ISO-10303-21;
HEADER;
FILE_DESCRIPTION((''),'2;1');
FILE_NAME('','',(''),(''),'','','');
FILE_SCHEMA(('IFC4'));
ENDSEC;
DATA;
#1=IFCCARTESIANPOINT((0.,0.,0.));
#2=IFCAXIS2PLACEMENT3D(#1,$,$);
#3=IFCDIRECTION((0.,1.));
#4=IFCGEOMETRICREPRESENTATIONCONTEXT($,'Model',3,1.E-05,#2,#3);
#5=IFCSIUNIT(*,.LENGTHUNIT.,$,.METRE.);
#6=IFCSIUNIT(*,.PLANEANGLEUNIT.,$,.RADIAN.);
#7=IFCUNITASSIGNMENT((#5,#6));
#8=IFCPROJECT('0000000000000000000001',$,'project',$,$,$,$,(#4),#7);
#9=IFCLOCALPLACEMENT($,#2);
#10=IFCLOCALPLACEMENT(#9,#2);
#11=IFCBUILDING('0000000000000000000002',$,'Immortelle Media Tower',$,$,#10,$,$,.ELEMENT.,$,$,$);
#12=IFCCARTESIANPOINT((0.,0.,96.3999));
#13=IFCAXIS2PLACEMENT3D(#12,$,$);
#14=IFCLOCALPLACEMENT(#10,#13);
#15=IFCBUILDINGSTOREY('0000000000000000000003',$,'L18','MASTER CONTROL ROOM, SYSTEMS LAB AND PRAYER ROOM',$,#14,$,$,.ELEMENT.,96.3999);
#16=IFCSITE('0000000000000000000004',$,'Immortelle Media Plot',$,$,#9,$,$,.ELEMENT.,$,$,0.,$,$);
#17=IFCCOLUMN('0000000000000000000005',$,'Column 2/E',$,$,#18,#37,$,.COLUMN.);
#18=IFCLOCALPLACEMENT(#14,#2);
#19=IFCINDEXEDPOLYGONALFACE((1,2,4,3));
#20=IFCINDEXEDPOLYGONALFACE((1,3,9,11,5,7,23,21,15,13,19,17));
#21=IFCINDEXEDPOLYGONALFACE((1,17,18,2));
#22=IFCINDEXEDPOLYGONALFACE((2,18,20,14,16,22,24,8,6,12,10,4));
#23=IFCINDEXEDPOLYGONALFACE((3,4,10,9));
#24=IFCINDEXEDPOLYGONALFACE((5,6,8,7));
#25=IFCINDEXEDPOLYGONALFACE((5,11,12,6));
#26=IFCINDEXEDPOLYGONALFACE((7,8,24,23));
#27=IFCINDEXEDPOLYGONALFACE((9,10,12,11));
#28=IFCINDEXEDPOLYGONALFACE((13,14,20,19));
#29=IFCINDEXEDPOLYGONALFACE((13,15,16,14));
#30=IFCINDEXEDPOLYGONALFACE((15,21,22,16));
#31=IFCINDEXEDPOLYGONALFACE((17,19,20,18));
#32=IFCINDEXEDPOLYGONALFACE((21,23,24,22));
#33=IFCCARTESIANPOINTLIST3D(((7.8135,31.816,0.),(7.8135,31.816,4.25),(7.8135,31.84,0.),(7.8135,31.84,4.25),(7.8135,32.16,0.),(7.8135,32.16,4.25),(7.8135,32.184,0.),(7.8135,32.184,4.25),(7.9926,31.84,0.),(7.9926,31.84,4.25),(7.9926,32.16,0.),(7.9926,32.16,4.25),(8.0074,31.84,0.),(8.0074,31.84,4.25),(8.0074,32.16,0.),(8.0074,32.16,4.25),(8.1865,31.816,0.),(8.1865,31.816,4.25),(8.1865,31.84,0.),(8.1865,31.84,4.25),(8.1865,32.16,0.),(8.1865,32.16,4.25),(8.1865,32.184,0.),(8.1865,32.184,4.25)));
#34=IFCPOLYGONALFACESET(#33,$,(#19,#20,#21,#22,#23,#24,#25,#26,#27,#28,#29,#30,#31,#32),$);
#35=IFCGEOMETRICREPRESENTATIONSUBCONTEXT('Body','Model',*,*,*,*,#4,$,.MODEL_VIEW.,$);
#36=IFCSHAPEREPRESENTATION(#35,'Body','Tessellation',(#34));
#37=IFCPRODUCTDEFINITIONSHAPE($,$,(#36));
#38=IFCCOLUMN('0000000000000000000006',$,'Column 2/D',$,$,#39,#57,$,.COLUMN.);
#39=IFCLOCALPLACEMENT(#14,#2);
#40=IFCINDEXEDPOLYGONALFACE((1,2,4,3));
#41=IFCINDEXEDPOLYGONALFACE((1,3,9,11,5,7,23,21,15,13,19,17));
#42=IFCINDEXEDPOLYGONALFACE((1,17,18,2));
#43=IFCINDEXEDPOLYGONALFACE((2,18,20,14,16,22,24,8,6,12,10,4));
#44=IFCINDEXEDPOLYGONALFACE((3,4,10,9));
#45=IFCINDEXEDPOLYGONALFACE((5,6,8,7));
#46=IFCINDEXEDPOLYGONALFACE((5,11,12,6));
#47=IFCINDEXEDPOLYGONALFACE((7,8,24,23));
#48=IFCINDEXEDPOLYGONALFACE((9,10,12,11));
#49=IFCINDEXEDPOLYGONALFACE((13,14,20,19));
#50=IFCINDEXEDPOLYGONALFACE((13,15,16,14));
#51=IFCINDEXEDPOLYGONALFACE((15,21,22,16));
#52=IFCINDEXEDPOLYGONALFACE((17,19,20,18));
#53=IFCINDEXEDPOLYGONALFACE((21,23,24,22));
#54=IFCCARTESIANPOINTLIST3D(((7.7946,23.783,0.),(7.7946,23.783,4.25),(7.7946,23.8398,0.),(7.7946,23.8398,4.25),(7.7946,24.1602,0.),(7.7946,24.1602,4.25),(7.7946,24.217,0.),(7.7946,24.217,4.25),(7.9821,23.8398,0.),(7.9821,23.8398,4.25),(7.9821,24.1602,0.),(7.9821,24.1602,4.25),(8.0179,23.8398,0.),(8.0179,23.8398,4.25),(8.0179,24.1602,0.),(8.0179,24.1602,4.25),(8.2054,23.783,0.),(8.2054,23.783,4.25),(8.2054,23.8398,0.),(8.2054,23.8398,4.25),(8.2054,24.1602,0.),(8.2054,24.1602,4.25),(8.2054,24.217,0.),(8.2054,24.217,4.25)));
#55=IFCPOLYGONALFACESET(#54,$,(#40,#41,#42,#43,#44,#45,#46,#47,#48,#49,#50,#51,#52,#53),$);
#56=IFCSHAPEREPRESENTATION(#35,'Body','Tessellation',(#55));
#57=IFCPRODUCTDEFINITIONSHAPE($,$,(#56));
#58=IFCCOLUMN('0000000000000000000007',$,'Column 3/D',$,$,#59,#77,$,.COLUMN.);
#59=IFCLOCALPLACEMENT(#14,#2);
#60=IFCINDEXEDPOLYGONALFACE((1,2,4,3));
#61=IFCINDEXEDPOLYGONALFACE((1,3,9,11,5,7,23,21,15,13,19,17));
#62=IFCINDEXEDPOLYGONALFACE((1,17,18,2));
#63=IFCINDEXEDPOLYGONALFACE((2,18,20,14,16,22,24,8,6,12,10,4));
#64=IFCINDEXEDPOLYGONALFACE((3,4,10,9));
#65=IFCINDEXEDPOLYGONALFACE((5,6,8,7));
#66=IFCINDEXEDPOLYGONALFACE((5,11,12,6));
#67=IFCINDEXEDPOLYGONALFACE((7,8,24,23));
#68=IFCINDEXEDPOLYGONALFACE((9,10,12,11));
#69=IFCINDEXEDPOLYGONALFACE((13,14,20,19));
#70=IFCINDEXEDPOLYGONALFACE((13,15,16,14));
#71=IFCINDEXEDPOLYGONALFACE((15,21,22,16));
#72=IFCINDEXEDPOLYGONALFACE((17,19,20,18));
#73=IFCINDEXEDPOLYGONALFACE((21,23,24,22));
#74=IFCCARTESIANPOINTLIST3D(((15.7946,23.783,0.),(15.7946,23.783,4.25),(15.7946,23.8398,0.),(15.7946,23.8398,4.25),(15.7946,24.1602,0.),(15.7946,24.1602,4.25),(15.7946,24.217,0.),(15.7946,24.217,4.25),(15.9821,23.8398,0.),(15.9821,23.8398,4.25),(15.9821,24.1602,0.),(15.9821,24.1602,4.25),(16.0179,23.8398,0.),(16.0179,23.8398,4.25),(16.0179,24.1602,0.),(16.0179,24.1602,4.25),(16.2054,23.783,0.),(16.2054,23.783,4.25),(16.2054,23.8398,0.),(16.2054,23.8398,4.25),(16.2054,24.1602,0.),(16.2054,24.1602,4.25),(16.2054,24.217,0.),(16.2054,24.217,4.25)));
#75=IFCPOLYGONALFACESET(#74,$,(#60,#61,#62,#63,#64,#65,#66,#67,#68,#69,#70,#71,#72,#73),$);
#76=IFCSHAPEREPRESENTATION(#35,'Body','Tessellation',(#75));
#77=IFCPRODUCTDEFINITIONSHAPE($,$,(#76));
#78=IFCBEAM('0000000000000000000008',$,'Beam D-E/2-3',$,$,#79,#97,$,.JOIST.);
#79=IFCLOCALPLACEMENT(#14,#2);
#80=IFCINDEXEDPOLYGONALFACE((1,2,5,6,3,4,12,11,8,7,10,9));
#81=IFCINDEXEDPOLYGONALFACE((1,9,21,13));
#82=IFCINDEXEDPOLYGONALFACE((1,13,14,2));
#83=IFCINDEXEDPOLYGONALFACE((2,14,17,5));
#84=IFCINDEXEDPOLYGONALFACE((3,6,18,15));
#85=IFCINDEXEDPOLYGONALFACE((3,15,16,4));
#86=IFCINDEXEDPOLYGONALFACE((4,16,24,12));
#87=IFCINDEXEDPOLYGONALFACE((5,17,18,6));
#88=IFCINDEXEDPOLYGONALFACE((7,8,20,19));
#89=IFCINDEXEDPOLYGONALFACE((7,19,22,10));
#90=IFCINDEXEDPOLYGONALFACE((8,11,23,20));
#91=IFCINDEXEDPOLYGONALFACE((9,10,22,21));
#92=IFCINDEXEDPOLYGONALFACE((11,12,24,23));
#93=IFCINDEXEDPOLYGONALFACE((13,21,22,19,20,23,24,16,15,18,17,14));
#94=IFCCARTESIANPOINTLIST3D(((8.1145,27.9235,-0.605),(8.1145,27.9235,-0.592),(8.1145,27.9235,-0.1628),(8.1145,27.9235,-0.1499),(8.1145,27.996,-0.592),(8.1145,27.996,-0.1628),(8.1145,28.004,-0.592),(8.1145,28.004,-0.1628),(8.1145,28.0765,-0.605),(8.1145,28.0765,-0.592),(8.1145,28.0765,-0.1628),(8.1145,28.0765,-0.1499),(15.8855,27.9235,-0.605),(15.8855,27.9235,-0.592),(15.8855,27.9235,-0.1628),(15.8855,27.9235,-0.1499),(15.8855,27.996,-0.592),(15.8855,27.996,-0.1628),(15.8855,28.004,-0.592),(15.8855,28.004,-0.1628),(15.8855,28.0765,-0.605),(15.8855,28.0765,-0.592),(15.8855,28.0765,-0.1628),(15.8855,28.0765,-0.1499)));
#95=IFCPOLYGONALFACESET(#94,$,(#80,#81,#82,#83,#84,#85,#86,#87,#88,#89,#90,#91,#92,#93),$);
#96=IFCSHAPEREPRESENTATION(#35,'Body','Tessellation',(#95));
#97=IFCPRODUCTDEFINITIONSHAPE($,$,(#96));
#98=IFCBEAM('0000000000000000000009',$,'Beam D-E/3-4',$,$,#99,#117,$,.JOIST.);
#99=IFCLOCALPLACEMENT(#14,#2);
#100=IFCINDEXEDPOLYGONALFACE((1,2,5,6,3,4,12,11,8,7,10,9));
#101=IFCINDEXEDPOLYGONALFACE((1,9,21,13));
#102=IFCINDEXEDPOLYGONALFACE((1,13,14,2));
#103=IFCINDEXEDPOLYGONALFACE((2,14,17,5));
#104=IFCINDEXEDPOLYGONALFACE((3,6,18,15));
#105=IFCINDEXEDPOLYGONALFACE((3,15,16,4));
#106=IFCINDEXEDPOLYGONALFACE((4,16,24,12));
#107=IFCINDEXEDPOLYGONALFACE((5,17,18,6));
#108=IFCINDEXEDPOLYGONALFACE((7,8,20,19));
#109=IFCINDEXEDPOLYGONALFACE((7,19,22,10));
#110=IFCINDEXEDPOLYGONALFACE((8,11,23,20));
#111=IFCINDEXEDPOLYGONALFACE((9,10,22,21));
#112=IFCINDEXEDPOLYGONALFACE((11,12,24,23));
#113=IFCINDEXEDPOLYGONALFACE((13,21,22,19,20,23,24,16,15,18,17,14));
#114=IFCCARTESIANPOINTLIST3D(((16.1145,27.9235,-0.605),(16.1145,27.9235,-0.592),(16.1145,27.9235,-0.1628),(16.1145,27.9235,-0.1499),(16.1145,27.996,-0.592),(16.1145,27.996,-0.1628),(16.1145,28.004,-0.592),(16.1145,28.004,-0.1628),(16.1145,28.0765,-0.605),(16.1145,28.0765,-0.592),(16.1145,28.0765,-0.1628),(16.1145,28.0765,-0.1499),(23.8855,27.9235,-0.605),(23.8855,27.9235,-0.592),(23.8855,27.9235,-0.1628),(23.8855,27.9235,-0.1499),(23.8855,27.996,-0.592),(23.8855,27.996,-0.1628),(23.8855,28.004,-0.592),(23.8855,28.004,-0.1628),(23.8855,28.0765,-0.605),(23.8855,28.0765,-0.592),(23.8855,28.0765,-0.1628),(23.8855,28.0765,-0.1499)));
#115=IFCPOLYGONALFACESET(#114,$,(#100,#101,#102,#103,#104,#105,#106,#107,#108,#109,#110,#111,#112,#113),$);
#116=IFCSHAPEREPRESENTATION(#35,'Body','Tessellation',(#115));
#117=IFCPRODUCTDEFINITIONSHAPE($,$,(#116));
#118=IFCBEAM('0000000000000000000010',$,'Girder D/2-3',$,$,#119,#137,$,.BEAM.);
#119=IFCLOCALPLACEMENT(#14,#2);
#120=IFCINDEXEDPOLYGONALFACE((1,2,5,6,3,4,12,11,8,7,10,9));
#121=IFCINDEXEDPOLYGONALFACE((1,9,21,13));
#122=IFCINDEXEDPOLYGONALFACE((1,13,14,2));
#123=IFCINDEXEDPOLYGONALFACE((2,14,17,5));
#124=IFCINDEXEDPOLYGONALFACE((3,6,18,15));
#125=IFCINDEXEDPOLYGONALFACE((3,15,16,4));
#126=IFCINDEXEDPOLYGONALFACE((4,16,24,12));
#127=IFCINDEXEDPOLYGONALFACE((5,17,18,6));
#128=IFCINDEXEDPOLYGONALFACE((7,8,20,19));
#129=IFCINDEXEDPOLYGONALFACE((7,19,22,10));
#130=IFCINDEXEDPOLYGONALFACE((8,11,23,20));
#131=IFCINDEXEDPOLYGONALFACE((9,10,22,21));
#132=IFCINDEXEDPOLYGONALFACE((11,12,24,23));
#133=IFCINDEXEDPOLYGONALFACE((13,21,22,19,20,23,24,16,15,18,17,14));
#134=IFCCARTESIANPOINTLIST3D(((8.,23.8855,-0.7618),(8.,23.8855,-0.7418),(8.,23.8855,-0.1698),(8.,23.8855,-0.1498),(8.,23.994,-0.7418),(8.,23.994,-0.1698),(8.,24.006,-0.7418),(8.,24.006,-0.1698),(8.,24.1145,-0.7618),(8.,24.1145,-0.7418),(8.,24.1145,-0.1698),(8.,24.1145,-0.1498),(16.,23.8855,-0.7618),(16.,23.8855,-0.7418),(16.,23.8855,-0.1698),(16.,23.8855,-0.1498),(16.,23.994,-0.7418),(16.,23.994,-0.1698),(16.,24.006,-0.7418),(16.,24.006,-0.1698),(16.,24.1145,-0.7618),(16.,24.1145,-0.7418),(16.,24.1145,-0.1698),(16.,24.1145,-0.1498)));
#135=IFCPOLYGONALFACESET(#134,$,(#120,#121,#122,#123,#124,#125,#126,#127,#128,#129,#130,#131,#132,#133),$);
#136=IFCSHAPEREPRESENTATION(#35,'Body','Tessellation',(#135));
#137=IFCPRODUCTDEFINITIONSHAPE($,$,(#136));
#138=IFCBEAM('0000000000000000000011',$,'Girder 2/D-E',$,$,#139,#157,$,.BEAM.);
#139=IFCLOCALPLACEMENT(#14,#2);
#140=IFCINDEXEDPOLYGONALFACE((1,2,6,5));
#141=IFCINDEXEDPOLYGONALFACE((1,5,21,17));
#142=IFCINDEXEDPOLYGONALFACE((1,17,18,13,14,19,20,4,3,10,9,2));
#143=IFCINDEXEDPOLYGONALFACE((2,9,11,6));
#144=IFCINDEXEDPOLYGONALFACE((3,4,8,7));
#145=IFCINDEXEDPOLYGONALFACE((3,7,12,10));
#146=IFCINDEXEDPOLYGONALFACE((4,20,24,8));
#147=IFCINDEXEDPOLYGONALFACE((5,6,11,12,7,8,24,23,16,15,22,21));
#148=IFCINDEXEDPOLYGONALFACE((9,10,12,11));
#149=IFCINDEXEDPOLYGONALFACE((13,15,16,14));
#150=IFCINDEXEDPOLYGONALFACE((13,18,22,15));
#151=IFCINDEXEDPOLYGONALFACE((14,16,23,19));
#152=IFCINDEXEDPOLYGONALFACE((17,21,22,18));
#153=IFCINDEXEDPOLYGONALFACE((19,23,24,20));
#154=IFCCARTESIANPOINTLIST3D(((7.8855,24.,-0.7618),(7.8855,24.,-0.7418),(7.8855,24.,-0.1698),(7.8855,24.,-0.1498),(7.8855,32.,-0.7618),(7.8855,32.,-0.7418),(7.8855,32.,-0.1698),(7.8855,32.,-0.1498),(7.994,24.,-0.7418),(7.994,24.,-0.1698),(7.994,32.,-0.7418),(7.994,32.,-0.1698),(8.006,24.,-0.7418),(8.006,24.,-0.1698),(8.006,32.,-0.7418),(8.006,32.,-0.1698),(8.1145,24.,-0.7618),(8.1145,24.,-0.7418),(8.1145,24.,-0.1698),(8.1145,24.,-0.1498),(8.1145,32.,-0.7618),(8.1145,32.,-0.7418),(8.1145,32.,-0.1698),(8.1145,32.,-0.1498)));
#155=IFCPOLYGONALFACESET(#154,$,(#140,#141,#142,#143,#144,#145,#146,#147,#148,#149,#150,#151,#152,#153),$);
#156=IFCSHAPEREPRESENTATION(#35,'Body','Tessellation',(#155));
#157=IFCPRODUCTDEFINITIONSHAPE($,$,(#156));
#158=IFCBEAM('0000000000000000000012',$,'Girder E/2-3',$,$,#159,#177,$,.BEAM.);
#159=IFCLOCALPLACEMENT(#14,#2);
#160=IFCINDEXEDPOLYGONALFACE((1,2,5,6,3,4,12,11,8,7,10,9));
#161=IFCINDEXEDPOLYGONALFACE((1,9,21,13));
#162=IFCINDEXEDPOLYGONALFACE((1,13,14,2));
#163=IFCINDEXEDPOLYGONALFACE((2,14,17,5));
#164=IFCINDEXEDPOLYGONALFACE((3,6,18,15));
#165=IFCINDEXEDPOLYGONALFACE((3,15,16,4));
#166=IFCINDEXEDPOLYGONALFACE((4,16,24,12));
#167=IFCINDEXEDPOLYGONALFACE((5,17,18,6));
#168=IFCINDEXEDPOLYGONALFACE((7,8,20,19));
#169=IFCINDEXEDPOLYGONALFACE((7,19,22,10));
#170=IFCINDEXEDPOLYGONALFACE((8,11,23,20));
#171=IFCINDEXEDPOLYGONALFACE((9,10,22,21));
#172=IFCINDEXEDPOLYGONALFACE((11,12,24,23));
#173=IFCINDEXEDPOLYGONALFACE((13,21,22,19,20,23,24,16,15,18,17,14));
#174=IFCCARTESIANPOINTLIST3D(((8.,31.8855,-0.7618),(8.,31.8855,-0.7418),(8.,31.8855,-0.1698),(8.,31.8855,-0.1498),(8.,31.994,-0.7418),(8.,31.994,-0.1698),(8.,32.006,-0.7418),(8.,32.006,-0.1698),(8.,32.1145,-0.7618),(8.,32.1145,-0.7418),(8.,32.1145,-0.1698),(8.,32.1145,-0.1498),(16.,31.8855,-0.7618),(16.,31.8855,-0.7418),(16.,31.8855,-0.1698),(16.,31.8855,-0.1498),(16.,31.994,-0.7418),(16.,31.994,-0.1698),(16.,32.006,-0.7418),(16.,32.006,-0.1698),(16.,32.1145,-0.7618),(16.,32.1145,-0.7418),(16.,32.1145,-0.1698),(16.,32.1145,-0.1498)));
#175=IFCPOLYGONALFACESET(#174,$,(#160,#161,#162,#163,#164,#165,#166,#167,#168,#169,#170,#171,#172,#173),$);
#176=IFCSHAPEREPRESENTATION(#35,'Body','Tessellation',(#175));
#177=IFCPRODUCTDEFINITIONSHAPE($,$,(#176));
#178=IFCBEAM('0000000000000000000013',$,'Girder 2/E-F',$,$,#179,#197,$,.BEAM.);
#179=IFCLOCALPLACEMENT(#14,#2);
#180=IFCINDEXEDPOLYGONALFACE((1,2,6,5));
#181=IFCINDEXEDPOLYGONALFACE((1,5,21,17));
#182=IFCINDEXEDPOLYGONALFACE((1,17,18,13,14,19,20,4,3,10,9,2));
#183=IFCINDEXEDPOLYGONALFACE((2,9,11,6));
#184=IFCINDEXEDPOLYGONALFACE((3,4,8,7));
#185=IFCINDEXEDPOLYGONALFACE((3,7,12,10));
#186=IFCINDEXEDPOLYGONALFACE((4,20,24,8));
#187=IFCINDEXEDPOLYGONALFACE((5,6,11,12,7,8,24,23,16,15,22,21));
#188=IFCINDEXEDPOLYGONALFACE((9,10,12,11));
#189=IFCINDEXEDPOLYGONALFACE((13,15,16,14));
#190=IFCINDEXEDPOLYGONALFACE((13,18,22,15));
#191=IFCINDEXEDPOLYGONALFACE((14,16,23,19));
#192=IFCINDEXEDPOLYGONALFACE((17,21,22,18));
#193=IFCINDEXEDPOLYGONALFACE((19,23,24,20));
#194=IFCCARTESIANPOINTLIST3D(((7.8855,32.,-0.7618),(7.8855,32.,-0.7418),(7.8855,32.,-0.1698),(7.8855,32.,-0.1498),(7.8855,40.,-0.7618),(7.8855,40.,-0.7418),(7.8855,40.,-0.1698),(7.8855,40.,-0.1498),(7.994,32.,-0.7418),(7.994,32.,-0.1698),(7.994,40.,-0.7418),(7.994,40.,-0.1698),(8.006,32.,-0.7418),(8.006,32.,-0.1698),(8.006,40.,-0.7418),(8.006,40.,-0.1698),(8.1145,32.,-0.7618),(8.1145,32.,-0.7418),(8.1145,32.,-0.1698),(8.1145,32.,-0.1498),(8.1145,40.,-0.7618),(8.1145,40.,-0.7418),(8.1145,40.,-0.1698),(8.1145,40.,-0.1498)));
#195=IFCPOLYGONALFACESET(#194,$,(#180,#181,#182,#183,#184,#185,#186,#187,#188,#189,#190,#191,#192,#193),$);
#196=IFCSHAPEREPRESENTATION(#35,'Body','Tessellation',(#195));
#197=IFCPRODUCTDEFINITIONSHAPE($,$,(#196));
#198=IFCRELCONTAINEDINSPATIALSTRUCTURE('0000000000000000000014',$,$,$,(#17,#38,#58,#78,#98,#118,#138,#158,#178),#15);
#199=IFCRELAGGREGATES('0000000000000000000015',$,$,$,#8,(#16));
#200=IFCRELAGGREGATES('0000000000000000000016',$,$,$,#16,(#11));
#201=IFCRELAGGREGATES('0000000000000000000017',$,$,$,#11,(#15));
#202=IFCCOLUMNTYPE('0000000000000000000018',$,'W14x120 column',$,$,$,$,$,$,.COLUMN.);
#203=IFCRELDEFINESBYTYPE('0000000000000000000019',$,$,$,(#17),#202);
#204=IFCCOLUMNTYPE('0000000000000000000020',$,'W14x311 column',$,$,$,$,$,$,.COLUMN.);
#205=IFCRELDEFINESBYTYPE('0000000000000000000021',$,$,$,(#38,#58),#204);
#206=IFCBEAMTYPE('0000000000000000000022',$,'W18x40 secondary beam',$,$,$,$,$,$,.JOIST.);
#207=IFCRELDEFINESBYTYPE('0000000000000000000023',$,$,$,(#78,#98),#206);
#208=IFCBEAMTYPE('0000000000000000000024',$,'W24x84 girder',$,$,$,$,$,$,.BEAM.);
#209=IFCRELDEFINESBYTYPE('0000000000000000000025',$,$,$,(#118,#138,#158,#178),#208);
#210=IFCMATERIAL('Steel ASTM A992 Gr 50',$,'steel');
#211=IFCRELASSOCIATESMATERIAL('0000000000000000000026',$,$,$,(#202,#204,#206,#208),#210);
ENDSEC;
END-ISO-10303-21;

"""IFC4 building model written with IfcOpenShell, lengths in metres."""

from ifc_helpers import new_model, si_unit, direction, frame, origin, origin_2d, place, context, subcontext, project, spatial, i_section, extrude, material, material_profile, profile_set, type_object, element, save


model = new_model("IFC4")

# Units and contexts
model_context = context("Model", 3, precision=1e-05, world=origin(), true_north=direction((0.0, 1.0)))
body_context = subcontext(model_context, "Body", "Model", "MODEL_VIEW")
ifc_project = project(units=[si_unit("LENGTHUNIT", "METRE"), si_unit("PLANEANGLEUNIT", "RADIAN")], contexts=[model_context])

# Site, building, storey
site_placement = place(None, origin())
site = spatial("IfcSite", under=ifc_project, at=site_placement, Name="Immortelle Media Plot", CompositionType="ELEMENT", RefElevation=0.0)
building_placement = place(site_placement, origin())
building = spatial("IfcBuilding", under=site, at=building_placement, Name="Immortelle Media Tower", CompositionType="ELEMENT")
storey_placement = place(building_placement, frame((0.0, 0.0, 96.3999)))
storey = spatial("IfcBuildingStorey", under=building, at=storey_placement, Name="L18", Description="MASTER CONTROL ROOM, SYSTEMS LAB AND PRAYER ROOM", CompositionType="ELEMENT", Elevation=96.3999)

# Columns
ifc_material_1 = material(Name="Steel ASTM A992 Gr 50", Category="steel")
ifc_material_profile_1 = material_profile(ifc_material_1, i_section(OverallWidth=0.373, OverallDepth=0.3679, WebThickness=0.0149, FlangeThickness=0.0239, at=origin_2d()), Name="W14x120")
ifc_profile_set_1 = profile_set([ifc_material_profile_1], Name="Steel ASTM A992 Gr 50")
column_type_1 = type_object("IfcColumnType", Name="W14x120 column", PredefinedType="COLUMN", material=ifc_profile_set_1)
column_placement = place(storey_placement, frame((8.0, 32.0, 0.0), z_axis=(0.0, 0.0, 1.0), x_axis=(1.0, 0.0, 0.0)))
element("IfcColumn", 1, at=column_placement, inside=storey, type_object=column_type_1, Name="Column 2/E", PredefinedType="COLUMN", context=body_context, shape_type="SweptSolid", body=[
    extrude(i_section(OverallWidth=0.373, OverallDepth=0.3679, WebThickness=0.0149, FlangeThickness=0.0239, at=origin_2d()), origin(), (0.0, 0.0, 1.0), 4.25),
])
ifc_material_profile_2 = material_profile(ifc_material_1, i_section(OverallWidth=0.4109, OverallDepth=0.4341, WebThickness=0.0359, FlangeThickness=0.0569, at=origin_2d()), Name="W14x311")
ifc_profile_set_2 = profile_set([ifc_material_profile_2], Name="Steel ASTM A992 Gr 50")
column_type_2 = type_object("IfcColumnType", Name="W14x311 column", PredefinedType="COLUMN", material=ifc_profile_set_2)
for number, where, z_axis, x_axis, name in (
    (2, (8.0, 24.0, 0.0), (0.0, 0.0, 1.0), (1.0, 0.0, 0.0), "Column 2/D"),
    (3, (16.0, 24.0, 0.0), (0.0, 0.0, 1.0), (1.0, 0.0, 0.0), "Column 3/D"),
):
    element("IfcColumn", number, at=place(storey_placement, frame(where, z_axis=z_axis, x_axis=x_axis)), inside=storey, type_object=column_type_2, Name=name, PredefinedType="COLUMN", context=body_context, shape_type="SweptSolid", body=[
        extrude(i_section(OverallWidth=0.4109, OverallDepth=0.4341, WebThickness=0.0359, FlangeThickness=0.0569, at=origin_2d()), origin(), (0.0, 0.0, 1.0), 4.25),
    ])

# Beams
ifc_material_profile_3 = material_profile(ifc_material_1, i_section(OverallWidth=0.1531, OverallDepth=0.4551, WebThickness=0.0081, FlangeThickness=0.0129, at=origin_2d()), Name="W18x40")
ifc_profile_set_3 = profile_set([ifc_material_profile_3], Name="Steel ASTM A992 Gr 50")
beam_type_1 = type_object("IfcBeamType", Name="W18x40 secondary beam", PredefinedType="JOIST", material=ifc_profile_set_3)
for number, where, z_axis, x_axis, name in (
    (4, (8.1145, 28.0, -0.3774), (1.0, 0.0, 0.0), (0.0, 1.0, 0.0), "Beam D-E/2-3"),
    (5, (16.1145, 28.0, -0.3774), (1.0, 0.0, 0.0), (0.0, 1.0, 0.0), "Beam D-E/3-4"),
):
    element("IfcBeam", number, at=place(storey_placement, frame(where, z_axis=z_axis, x_axis=x_axis)), inside=storey, type_object=beam_type_1, Name=name, PredefinedType="JOIST", context=body_context, shape_type="SweptSolid", body=[
        extrude(i_section(OverallWidth=0.1531, OverallDepth=0.4551, WebThickness=0.0081, FlangeThickness=0.0129, at=origin_2d()), origin(), (0.0, 0.0, 1.0), 7.771),
    ])
ifc_material_profile_4 = material_profile(ifc_material_1, i_section(OverallWidth=0.229, OverallDepth=0.6121, WebThickness=0.012, FlangeThickness=0.02, at=origin_2d()), Name="W24x84")
ifc_profile_set_4 = profile_set([ifc_material_profile_4], Name="Steel ASTM A992 Gr 50")
beam_type_2 = type_object("IfcBeamType", Name="W24x84 girder", PredefinedType="BEAM", material=ifc_profile_set_4)
for number, where, z_axis, x_axis, name in (
    (6, (8.0, 24.0, -0.4558), (1.0, 0.0, 0.0), (0.0, 1.0, 0.0), "Girder D/2-3"),
    (7, (8.0, 24.0, -0.4558), (0.0, 1.0, 0.0), (-1.0, 0.0, 0.0), "Girder 2/D-E"),
    (8, (8.0, 32.0, -0.4558), (1.0, 0.0, 0.0), (0.0, 1.0, 0.0), "Girder E/2-3"),
    (9, (8.0, 32.0, -0.4558), (0.0, 1.0, 0.0), (-1.0, 0.0, 0.0), "Girder 2/E-F"),
):
    element("IfcBeam", number, at=place(storey_placement, frame(where, z_axis=z_axis, x_axis=x_axis)), inside=storey, type_object=beam_type_2, Name=name, PredefinedType="BEAM", context=body_context, shape_type="SweptSolid", body=[
        extrude(i_section(OverallWidth=0.229, OverallDepth=0.6121, WebThickness=0.012, FlangeThickness=0.02, at=origin_2d()), origin(), (0.0, 0.0, 1.0), 8.0),
    ])

save(model, "model.ifc")
